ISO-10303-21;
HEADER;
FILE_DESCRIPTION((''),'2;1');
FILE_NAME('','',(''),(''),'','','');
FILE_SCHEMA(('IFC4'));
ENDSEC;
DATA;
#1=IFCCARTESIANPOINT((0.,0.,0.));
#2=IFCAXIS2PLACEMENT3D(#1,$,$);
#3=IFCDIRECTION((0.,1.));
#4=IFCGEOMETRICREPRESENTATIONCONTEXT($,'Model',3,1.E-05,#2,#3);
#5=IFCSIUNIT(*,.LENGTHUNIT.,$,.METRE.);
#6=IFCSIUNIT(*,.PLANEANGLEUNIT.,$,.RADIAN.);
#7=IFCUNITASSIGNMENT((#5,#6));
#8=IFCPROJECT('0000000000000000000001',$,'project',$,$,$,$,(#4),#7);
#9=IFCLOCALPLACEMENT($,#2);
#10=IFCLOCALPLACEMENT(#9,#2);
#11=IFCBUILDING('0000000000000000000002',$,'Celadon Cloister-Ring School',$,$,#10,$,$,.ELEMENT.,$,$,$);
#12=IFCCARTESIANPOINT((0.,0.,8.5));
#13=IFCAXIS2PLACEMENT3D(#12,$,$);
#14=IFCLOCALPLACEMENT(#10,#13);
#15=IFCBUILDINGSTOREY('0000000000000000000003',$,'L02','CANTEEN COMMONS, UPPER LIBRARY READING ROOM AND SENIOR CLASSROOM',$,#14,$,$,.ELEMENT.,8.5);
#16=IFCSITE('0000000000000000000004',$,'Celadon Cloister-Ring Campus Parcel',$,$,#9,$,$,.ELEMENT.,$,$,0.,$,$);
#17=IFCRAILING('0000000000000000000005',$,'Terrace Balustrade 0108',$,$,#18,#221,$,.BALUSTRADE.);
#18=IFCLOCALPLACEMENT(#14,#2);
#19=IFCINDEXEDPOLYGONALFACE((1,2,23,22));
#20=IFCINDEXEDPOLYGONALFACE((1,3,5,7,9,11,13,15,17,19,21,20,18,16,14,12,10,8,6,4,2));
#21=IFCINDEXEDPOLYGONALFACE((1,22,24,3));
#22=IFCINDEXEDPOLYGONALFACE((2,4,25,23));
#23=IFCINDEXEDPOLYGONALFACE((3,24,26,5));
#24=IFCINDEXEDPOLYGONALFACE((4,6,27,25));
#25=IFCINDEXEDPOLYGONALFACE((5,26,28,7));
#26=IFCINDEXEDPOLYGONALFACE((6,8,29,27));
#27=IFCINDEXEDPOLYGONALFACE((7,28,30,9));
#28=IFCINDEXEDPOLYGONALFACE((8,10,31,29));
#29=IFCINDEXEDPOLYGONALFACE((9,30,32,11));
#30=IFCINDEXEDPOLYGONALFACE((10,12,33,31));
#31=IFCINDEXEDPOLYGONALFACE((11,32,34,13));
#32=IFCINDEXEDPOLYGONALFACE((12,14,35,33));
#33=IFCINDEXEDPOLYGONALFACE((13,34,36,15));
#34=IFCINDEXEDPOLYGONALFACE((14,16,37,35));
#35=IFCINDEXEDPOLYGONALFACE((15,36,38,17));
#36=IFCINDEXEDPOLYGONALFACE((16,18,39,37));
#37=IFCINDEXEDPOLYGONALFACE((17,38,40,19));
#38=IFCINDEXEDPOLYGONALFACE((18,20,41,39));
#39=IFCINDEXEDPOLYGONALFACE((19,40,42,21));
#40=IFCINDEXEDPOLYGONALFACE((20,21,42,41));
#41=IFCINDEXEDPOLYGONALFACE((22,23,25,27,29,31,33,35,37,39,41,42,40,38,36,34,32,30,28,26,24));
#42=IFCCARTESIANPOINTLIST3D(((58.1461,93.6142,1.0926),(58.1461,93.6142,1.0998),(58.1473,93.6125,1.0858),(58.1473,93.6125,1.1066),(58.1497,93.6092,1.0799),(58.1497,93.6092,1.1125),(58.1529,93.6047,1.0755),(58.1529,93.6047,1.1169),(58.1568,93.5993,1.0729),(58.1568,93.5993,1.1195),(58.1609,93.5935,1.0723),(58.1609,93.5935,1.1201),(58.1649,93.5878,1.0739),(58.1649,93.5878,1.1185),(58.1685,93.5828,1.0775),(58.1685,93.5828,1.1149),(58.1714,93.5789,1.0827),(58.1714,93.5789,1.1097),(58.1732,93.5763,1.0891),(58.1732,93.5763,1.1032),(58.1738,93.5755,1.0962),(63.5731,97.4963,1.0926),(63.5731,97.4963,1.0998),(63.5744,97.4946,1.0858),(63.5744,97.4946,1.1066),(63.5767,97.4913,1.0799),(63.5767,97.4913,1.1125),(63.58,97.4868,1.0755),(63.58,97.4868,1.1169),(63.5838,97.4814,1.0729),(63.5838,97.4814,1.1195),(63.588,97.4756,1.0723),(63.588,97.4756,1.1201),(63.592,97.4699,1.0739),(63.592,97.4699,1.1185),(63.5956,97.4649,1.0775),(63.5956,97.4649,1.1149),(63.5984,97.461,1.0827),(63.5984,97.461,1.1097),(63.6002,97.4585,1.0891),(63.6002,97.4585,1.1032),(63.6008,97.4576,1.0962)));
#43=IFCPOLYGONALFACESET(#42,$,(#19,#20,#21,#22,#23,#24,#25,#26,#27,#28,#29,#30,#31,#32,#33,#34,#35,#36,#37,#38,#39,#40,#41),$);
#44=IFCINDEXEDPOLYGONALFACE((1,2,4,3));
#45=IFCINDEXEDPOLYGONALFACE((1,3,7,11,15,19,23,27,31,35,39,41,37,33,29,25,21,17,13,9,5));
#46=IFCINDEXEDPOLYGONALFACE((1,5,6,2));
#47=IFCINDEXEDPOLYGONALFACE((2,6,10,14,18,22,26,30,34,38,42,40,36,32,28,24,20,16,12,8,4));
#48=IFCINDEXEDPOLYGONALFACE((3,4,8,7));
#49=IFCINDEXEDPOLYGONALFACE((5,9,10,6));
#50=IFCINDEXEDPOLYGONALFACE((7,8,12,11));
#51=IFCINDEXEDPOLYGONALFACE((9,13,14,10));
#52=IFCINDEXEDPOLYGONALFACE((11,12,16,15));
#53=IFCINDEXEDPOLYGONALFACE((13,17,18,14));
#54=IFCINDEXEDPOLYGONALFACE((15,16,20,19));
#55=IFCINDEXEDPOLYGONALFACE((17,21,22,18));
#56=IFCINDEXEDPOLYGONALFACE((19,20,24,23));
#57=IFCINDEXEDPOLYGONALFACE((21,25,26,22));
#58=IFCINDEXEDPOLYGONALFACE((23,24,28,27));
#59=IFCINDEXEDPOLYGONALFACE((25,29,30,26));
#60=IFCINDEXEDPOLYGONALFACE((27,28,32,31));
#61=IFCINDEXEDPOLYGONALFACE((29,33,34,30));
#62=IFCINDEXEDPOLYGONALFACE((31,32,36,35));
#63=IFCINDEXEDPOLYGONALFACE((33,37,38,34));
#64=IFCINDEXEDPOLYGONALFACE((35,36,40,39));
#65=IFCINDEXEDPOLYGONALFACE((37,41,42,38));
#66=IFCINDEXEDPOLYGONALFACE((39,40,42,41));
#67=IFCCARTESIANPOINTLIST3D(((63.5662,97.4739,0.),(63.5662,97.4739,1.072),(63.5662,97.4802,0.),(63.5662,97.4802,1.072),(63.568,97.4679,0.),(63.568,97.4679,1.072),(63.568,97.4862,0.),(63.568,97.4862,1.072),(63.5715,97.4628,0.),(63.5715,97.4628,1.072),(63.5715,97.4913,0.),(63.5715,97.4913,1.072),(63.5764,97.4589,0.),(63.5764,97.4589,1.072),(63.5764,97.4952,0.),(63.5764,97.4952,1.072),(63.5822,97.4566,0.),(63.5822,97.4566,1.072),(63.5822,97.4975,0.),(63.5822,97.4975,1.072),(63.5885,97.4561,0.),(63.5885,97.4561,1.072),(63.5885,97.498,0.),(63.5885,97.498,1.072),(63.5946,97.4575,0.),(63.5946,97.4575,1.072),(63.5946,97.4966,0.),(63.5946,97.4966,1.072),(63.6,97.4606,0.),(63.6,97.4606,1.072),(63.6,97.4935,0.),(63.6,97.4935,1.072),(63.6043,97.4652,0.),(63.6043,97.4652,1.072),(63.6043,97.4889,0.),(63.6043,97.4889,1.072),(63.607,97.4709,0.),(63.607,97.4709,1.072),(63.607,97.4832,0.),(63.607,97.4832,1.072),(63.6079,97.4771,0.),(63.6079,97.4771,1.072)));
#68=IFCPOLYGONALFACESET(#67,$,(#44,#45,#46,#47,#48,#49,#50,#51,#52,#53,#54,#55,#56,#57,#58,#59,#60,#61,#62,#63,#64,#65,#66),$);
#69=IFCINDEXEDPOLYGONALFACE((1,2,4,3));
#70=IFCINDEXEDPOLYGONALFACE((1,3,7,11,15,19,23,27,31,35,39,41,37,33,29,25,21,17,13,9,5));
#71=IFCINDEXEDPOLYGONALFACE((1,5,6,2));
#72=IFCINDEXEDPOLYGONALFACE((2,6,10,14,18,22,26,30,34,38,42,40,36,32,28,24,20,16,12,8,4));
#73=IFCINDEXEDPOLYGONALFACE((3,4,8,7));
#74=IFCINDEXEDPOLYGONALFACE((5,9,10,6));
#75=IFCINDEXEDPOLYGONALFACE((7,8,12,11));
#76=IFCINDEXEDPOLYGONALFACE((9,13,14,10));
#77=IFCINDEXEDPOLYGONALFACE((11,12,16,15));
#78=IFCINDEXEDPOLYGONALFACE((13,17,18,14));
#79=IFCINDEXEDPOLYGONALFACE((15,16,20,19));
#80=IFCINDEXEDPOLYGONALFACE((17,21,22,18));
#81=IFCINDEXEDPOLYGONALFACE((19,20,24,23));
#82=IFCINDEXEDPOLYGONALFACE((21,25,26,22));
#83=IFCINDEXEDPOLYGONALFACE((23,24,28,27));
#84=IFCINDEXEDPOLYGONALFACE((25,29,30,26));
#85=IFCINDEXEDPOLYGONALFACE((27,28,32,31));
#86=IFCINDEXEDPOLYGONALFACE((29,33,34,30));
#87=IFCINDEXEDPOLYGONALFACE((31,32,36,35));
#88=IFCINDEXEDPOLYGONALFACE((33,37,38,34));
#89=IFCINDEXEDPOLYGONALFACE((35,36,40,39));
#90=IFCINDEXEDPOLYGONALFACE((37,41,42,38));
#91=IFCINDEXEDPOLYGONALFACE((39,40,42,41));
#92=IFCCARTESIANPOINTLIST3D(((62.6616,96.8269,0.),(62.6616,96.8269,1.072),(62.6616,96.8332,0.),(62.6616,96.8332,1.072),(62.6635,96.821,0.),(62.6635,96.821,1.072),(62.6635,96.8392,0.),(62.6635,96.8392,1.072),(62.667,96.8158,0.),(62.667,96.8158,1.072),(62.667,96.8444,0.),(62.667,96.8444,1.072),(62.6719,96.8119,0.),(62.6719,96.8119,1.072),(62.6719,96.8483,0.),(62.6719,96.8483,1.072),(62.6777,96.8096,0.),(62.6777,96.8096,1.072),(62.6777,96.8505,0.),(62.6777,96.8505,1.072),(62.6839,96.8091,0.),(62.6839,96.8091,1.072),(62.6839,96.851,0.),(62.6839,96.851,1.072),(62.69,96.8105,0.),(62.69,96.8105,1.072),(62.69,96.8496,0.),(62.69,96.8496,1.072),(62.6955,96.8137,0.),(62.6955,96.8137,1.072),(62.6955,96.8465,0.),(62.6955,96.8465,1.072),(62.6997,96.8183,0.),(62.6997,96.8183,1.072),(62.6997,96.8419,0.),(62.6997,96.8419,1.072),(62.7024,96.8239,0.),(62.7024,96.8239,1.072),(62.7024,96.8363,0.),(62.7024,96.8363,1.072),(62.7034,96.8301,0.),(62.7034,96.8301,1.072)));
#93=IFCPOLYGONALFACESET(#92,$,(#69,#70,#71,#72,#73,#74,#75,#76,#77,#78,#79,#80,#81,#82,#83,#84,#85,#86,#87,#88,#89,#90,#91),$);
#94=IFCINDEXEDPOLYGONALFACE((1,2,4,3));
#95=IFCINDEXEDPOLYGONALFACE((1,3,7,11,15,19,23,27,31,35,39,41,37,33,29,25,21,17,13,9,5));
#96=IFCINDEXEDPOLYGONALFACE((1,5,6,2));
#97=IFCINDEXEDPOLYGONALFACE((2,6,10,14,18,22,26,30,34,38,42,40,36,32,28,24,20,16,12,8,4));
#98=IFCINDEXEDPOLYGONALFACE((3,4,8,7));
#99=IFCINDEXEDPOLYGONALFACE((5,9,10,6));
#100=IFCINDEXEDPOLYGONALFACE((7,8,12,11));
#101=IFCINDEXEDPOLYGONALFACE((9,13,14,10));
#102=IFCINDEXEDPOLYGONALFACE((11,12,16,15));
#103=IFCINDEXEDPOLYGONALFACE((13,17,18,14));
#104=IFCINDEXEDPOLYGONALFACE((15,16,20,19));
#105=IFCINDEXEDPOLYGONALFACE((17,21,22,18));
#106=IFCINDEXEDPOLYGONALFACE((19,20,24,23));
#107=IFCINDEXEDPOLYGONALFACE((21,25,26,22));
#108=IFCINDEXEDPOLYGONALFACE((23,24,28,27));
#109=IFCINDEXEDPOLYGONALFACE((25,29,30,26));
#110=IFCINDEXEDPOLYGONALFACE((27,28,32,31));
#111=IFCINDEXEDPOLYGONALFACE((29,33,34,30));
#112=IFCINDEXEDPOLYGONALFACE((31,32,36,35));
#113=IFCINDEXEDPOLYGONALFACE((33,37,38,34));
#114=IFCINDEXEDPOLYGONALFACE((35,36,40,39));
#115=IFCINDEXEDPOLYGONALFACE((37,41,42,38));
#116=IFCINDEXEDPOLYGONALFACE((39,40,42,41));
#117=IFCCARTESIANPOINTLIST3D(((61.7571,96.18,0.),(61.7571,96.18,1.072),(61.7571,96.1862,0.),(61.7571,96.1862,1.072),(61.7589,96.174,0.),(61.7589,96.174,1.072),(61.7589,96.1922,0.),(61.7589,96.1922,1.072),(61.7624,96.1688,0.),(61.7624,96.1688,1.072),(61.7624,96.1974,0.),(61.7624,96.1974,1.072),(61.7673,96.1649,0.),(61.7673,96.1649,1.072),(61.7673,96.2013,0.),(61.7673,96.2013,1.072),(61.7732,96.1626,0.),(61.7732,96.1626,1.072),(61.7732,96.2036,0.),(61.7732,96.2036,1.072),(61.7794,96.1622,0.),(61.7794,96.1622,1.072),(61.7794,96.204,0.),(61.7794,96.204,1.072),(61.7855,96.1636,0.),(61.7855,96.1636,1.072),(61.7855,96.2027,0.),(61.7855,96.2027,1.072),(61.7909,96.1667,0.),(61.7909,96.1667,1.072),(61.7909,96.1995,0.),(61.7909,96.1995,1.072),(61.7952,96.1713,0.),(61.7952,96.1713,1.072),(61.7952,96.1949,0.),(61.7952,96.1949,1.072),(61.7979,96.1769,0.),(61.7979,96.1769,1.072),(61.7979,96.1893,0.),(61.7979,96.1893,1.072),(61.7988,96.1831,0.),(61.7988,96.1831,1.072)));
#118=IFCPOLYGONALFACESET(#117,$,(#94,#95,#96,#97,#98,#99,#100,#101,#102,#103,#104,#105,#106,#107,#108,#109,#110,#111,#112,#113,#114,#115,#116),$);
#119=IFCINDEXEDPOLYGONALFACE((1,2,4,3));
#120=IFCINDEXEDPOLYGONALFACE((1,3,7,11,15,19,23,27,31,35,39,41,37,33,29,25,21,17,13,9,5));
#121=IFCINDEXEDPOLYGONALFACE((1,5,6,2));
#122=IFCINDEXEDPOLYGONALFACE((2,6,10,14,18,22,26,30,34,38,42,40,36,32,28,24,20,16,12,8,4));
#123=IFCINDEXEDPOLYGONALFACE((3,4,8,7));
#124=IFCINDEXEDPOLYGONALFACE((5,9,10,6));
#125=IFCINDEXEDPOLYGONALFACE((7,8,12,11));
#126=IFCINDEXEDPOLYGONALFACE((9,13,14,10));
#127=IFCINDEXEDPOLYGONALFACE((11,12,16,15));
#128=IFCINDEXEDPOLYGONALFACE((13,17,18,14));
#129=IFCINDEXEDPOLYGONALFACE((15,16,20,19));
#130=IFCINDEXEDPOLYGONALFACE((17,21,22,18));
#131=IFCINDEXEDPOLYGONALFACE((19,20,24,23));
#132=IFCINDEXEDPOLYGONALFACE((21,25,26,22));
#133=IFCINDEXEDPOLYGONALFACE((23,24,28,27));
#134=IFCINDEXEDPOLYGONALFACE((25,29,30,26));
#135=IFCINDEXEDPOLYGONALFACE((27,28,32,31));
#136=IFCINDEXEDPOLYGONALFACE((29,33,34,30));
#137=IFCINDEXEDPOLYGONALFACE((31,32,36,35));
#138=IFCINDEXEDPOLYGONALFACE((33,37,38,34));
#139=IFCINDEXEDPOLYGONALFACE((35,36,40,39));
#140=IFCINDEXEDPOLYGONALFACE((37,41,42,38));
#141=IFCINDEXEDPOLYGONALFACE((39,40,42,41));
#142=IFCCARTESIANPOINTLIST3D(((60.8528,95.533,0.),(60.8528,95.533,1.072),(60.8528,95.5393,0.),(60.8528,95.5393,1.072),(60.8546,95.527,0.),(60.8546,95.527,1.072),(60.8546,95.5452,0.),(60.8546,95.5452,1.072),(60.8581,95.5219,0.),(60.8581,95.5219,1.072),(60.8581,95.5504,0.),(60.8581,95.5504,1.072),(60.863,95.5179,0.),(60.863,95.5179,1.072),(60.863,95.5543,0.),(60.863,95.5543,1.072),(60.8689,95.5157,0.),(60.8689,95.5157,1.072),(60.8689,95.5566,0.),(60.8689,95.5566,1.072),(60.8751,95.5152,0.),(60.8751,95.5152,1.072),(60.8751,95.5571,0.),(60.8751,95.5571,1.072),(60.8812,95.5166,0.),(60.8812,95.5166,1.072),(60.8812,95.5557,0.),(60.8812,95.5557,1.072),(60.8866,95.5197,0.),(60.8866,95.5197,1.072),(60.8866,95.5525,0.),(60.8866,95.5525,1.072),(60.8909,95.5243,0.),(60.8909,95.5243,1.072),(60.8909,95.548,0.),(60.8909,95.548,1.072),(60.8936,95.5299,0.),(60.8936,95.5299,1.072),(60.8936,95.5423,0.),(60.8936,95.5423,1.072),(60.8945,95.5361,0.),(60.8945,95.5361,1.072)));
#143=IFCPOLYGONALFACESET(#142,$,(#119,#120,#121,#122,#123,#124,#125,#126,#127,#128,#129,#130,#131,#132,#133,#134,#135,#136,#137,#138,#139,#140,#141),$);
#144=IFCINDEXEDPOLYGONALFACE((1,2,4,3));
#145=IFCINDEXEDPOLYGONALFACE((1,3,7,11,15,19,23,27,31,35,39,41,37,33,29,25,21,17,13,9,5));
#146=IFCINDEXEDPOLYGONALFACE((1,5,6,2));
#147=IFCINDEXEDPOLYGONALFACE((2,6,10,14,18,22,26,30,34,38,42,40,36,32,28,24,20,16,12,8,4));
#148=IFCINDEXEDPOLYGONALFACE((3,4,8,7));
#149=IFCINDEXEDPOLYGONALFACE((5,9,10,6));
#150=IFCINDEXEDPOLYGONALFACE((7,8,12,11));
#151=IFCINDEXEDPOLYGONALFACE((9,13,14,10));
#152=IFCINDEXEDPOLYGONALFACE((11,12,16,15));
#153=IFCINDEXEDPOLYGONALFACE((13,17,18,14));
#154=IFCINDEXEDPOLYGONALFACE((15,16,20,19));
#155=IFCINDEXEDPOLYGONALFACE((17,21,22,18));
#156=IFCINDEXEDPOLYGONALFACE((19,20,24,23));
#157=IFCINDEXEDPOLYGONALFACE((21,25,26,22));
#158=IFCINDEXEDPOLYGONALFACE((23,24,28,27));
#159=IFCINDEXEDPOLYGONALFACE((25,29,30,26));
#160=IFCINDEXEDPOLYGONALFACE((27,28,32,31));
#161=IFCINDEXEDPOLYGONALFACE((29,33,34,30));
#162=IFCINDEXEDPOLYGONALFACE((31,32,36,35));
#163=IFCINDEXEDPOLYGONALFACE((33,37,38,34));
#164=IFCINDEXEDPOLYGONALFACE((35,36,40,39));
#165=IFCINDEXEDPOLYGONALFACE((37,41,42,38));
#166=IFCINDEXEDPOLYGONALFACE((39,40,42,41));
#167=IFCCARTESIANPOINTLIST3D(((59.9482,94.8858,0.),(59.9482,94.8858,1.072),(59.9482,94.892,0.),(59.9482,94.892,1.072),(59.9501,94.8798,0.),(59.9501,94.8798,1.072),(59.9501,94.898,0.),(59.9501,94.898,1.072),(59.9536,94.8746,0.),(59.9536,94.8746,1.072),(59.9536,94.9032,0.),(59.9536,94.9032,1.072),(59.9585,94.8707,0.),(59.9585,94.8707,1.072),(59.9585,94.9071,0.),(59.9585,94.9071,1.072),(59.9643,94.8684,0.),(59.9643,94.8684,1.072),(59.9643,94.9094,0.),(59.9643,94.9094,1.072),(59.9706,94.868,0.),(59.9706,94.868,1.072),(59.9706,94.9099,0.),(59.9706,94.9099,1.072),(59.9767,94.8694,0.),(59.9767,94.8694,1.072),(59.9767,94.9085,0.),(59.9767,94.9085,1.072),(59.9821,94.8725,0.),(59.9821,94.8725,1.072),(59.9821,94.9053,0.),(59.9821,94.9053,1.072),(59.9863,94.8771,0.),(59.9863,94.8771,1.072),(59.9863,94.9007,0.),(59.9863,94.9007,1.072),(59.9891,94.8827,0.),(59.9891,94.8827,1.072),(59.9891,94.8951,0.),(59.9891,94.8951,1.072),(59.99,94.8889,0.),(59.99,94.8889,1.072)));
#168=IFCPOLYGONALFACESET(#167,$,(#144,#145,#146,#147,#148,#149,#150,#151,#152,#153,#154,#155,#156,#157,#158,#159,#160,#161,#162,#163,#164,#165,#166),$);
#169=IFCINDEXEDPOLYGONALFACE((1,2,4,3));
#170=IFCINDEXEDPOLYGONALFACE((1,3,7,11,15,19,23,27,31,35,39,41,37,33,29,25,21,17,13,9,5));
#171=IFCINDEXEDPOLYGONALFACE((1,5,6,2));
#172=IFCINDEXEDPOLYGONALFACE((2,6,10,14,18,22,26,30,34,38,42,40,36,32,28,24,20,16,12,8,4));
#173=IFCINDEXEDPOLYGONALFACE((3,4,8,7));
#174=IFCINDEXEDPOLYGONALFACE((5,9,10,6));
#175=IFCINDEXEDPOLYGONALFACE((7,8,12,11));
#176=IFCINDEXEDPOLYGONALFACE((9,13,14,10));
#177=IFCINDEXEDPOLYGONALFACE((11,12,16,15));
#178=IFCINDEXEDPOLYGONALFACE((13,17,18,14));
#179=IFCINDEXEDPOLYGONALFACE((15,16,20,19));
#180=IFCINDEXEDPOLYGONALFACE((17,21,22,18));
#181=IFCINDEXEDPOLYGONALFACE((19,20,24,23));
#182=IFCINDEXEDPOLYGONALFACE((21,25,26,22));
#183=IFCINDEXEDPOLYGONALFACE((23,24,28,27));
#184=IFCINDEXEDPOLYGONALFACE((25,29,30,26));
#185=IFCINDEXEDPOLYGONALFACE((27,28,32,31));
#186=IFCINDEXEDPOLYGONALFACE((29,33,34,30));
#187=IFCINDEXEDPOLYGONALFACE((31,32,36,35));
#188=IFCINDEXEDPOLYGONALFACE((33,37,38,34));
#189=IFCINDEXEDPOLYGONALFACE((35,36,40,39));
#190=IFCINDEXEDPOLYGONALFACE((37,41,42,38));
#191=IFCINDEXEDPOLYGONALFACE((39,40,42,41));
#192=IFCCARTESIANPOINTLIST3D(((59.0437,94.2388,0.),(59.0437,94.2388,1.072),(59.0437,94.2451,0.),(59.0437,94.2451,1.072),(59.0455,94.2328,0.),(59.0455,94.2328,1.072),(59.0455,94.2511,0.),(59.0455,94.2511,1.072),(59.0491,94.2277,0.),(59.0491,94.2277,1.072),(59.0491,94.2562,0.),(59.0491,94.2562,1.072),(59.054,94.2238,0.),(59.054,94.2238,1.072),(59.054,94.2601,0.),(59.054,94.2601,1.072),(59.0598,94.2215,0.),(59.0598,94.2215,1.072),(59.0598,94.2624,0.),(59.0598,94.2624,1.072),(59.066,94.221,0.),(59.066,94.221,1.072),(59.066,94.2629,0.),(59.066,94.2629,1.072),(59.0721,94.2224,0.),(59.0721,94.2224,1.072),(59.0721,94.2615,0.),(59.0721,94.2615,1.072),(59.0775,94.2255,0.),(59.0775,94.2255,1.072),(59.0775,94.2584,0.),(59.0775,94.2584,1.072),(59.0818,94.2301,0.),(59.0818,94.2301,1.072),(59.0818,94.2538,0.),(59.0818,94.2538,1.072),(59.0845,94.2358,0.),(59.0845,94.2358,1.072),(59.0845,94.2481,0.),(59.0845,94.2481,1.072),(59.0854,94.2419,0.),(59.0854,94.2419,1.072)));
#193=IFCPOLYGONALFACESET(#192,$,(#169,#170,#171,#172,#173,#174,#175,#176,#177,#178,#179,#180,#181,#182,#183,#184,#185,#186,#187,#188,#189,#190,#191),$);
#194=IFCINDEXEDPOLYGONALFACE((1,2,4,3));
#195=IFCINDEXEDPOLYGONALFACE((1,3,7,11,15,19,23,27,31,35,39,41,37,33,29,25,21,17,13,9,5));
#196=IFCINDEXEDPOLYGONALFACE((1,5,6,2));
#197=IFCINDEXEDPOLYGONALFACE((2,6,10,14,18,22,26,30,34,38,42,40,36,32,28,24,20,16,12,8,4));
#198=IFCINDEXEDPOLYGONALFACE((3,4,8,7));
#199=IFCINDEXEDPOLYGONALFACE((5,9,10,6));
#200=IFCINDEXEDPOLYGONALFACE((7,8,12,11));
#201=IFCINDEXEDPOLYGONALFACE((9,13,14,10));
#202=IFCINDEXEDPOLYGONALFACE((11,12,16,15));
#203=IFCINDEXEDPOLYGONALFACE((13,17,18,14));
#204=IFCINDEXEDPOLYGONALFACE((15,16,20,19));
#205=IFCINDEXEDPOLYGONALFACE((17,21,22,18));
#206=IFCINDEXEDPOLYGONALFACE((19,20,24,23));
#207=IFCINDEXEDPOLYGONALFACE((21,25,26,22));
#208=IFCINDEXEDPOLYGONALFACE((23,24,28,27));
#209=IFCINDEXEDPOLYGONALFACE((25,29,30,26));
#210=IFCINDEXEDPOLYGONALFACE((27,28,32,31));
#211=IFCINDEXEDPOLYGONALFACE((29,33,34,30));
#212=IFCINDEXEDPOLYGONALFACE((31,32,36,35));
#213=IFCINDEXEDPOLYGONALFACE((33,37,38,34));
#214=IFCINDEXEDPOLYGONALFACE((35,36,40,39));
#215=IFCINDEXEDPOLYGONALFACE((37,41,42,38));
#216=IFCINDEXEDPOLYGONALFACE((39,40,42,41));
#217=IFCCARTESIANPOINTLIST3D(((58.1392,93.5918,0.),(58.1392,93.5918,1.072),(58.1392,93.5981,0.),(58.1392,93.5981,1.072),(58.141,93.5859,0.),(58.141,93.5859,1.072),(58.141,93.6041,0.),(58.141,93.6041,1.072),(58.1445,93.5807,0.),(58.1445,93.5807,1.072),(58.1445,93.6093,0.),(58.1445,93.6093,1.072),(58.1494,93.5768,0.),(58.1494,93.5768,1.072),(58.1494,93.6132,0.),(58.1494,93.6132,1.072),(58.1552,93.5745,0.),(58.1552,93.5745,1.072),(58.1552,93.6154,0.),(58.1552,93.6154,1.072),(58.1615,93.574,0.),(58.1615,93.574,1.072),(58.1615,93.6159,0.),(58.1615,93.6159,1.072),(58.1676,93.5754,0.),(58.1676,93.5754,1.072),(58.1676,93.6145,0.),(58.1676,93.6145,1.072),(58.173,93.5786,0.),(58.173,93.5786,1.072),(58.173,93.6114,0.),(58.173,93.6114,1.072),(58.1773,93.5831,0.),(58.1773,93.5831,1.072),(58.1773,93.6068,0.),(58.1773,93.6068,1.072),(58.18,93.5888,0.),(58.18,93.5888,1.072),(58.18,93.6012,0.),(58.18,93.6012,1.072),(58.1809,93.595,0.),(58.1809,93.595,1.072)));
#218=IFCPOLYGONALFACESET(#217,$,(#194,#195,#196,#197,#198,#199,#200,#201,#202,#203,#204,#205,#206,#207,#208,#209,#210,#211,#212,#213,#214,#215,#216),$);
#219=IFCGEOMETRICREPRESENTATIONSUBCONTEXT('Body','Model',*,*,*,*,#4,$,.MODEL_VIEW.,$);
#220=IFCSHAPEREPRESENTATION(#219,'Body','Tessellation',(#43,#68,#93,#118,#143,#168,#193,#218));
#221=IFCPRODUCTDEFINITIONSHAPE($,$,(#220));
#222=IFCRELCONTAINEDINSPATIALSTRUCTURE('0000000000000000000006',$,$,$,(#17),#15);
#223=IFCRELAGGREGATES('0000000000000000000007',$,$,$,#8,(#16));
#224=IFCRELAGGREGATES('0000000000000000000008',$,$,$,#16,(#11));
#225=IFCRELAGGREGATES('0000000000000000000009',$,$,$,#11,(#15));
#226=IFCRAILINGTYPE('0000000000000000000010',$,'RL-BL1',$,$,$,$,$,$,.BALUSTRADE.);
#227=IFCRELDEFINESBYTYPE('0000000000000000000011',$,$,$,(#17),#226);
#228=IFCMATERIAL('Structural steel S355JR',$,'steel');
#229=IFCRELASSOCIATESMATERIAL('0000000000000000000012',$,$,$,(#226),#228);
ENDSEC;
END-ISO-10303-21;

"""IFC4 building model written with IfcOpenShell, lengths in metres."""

from ifc_helpers import new_model, si_unit, direction, frame, origin, origin_2d, place, context, subcontext, project, spatial, circle, extrude, material, type_object, element, save


model = new_model("IFC4")

# Units and contexts
model_context = context("Model", 3, precision=1e-05, world=origin(), true_north=direction((0.0, 1.0)))
body_context = subcontext(model_context, "Body", "Model", "MODEL_VIEW")
ifc_project = project(units=[si_unit("LENGTHUNIT", "METRE"), si_unit("PLANEANGLEUNIT", "RADIAN")], contexts=[model_context])

# Site, building, storey
site_placement = place(None, origin())
site = spatial("IfcSite", under=ifc_project, at=site_placement, Name="Celadon Cloister-Ring Campus Parcel", CompositionType="ELEMENT", RefElevation=0.0)
building_placement = place(site_placement, origin())
building = spatial("IfcBuilding", under=site, at=building_placement, Name="Celadon Cloister-Ring School", CompositionType="ELEMENT")
storey_placement = place(building_placement, frame((0.0, 0.0, 8.5)))
storey = spatial("IfcBuildingStorey", under=building, at=storey_placement, Name="L02", Description="CANTEEN COMMONS, UPPER LIBRARY READING ROOM AND SENIOR CLASSROOM", CompositionType="ELEMENT", Elevation=8.5)

# Railing
ifc_material_1 = material(Name="Structural steel S355JR", Category="steel")
railing_type = type_object("IfcRailingType", Name="RL-BL1", PredefinedType="BALUSTRADE", material=ifc_material_1)
railing_1_placement = place(storey_placement, frame((63.5869, 97.4771, 0.0)))
element("IfcRailing", 1, at=railing_1_placement, inside=storey, type_object=railing_type, Name="Terrace Balustrade 0108", PredefinedType="BALUSTRADE", context=body_context, shape_type="SweptSolid", body=[
    extrude(circle(Radius=0.0239, at=origin_2d()), frame((0.0, 0.0, 1.0962), z_axis=(-0.813333, -0.581799, 0.0), x_axis=(0.581799, -0.813333, 0.0)), (0.0, 0.0, 1.0), 6.6726),
    extrude(circle(Radius=0.021, at=origin_2d()), origin(), (0.0, 0.0, 1.0), 1.072),
    extrude(circle(Radius=0.021, at=origin_2d()), frame((-0.9045, -0.647, 0.0)), (0.0, 0.0, 1.0), 1.072),
    extrude(circle(Radius=0.021, at=origin_2d()), frame((-1.8091, -1.2939, 0.0)), (0.0, 0.0, 1.0), 1.072),
    extrude(circle(Radius=0.021, at=origin_2d()), frame((-2.7134, -1.9409, 0.0)), (0.0, 0.0, 1.0), 1.072),
    extrude(circle(Radius=0.021, at=origin_2d()), frame((-3.6179, -2.5881, 0.0)), (0.0, 0.0, 1.0), 1.072),
    extrude(circle(Radius=0.021, at=origin_2d()), frame((-4.5225, -3.2351, 0.0)), (0.0, 0.0, 1.0), 1.072),
    extrude(circle(Radius=0.021, at=origin_2d()), frame((-5.427, -3.8821, 0.0)), (0.0, 0.0, 1.0), 1.072),
])

save(model, "model.ifc")
